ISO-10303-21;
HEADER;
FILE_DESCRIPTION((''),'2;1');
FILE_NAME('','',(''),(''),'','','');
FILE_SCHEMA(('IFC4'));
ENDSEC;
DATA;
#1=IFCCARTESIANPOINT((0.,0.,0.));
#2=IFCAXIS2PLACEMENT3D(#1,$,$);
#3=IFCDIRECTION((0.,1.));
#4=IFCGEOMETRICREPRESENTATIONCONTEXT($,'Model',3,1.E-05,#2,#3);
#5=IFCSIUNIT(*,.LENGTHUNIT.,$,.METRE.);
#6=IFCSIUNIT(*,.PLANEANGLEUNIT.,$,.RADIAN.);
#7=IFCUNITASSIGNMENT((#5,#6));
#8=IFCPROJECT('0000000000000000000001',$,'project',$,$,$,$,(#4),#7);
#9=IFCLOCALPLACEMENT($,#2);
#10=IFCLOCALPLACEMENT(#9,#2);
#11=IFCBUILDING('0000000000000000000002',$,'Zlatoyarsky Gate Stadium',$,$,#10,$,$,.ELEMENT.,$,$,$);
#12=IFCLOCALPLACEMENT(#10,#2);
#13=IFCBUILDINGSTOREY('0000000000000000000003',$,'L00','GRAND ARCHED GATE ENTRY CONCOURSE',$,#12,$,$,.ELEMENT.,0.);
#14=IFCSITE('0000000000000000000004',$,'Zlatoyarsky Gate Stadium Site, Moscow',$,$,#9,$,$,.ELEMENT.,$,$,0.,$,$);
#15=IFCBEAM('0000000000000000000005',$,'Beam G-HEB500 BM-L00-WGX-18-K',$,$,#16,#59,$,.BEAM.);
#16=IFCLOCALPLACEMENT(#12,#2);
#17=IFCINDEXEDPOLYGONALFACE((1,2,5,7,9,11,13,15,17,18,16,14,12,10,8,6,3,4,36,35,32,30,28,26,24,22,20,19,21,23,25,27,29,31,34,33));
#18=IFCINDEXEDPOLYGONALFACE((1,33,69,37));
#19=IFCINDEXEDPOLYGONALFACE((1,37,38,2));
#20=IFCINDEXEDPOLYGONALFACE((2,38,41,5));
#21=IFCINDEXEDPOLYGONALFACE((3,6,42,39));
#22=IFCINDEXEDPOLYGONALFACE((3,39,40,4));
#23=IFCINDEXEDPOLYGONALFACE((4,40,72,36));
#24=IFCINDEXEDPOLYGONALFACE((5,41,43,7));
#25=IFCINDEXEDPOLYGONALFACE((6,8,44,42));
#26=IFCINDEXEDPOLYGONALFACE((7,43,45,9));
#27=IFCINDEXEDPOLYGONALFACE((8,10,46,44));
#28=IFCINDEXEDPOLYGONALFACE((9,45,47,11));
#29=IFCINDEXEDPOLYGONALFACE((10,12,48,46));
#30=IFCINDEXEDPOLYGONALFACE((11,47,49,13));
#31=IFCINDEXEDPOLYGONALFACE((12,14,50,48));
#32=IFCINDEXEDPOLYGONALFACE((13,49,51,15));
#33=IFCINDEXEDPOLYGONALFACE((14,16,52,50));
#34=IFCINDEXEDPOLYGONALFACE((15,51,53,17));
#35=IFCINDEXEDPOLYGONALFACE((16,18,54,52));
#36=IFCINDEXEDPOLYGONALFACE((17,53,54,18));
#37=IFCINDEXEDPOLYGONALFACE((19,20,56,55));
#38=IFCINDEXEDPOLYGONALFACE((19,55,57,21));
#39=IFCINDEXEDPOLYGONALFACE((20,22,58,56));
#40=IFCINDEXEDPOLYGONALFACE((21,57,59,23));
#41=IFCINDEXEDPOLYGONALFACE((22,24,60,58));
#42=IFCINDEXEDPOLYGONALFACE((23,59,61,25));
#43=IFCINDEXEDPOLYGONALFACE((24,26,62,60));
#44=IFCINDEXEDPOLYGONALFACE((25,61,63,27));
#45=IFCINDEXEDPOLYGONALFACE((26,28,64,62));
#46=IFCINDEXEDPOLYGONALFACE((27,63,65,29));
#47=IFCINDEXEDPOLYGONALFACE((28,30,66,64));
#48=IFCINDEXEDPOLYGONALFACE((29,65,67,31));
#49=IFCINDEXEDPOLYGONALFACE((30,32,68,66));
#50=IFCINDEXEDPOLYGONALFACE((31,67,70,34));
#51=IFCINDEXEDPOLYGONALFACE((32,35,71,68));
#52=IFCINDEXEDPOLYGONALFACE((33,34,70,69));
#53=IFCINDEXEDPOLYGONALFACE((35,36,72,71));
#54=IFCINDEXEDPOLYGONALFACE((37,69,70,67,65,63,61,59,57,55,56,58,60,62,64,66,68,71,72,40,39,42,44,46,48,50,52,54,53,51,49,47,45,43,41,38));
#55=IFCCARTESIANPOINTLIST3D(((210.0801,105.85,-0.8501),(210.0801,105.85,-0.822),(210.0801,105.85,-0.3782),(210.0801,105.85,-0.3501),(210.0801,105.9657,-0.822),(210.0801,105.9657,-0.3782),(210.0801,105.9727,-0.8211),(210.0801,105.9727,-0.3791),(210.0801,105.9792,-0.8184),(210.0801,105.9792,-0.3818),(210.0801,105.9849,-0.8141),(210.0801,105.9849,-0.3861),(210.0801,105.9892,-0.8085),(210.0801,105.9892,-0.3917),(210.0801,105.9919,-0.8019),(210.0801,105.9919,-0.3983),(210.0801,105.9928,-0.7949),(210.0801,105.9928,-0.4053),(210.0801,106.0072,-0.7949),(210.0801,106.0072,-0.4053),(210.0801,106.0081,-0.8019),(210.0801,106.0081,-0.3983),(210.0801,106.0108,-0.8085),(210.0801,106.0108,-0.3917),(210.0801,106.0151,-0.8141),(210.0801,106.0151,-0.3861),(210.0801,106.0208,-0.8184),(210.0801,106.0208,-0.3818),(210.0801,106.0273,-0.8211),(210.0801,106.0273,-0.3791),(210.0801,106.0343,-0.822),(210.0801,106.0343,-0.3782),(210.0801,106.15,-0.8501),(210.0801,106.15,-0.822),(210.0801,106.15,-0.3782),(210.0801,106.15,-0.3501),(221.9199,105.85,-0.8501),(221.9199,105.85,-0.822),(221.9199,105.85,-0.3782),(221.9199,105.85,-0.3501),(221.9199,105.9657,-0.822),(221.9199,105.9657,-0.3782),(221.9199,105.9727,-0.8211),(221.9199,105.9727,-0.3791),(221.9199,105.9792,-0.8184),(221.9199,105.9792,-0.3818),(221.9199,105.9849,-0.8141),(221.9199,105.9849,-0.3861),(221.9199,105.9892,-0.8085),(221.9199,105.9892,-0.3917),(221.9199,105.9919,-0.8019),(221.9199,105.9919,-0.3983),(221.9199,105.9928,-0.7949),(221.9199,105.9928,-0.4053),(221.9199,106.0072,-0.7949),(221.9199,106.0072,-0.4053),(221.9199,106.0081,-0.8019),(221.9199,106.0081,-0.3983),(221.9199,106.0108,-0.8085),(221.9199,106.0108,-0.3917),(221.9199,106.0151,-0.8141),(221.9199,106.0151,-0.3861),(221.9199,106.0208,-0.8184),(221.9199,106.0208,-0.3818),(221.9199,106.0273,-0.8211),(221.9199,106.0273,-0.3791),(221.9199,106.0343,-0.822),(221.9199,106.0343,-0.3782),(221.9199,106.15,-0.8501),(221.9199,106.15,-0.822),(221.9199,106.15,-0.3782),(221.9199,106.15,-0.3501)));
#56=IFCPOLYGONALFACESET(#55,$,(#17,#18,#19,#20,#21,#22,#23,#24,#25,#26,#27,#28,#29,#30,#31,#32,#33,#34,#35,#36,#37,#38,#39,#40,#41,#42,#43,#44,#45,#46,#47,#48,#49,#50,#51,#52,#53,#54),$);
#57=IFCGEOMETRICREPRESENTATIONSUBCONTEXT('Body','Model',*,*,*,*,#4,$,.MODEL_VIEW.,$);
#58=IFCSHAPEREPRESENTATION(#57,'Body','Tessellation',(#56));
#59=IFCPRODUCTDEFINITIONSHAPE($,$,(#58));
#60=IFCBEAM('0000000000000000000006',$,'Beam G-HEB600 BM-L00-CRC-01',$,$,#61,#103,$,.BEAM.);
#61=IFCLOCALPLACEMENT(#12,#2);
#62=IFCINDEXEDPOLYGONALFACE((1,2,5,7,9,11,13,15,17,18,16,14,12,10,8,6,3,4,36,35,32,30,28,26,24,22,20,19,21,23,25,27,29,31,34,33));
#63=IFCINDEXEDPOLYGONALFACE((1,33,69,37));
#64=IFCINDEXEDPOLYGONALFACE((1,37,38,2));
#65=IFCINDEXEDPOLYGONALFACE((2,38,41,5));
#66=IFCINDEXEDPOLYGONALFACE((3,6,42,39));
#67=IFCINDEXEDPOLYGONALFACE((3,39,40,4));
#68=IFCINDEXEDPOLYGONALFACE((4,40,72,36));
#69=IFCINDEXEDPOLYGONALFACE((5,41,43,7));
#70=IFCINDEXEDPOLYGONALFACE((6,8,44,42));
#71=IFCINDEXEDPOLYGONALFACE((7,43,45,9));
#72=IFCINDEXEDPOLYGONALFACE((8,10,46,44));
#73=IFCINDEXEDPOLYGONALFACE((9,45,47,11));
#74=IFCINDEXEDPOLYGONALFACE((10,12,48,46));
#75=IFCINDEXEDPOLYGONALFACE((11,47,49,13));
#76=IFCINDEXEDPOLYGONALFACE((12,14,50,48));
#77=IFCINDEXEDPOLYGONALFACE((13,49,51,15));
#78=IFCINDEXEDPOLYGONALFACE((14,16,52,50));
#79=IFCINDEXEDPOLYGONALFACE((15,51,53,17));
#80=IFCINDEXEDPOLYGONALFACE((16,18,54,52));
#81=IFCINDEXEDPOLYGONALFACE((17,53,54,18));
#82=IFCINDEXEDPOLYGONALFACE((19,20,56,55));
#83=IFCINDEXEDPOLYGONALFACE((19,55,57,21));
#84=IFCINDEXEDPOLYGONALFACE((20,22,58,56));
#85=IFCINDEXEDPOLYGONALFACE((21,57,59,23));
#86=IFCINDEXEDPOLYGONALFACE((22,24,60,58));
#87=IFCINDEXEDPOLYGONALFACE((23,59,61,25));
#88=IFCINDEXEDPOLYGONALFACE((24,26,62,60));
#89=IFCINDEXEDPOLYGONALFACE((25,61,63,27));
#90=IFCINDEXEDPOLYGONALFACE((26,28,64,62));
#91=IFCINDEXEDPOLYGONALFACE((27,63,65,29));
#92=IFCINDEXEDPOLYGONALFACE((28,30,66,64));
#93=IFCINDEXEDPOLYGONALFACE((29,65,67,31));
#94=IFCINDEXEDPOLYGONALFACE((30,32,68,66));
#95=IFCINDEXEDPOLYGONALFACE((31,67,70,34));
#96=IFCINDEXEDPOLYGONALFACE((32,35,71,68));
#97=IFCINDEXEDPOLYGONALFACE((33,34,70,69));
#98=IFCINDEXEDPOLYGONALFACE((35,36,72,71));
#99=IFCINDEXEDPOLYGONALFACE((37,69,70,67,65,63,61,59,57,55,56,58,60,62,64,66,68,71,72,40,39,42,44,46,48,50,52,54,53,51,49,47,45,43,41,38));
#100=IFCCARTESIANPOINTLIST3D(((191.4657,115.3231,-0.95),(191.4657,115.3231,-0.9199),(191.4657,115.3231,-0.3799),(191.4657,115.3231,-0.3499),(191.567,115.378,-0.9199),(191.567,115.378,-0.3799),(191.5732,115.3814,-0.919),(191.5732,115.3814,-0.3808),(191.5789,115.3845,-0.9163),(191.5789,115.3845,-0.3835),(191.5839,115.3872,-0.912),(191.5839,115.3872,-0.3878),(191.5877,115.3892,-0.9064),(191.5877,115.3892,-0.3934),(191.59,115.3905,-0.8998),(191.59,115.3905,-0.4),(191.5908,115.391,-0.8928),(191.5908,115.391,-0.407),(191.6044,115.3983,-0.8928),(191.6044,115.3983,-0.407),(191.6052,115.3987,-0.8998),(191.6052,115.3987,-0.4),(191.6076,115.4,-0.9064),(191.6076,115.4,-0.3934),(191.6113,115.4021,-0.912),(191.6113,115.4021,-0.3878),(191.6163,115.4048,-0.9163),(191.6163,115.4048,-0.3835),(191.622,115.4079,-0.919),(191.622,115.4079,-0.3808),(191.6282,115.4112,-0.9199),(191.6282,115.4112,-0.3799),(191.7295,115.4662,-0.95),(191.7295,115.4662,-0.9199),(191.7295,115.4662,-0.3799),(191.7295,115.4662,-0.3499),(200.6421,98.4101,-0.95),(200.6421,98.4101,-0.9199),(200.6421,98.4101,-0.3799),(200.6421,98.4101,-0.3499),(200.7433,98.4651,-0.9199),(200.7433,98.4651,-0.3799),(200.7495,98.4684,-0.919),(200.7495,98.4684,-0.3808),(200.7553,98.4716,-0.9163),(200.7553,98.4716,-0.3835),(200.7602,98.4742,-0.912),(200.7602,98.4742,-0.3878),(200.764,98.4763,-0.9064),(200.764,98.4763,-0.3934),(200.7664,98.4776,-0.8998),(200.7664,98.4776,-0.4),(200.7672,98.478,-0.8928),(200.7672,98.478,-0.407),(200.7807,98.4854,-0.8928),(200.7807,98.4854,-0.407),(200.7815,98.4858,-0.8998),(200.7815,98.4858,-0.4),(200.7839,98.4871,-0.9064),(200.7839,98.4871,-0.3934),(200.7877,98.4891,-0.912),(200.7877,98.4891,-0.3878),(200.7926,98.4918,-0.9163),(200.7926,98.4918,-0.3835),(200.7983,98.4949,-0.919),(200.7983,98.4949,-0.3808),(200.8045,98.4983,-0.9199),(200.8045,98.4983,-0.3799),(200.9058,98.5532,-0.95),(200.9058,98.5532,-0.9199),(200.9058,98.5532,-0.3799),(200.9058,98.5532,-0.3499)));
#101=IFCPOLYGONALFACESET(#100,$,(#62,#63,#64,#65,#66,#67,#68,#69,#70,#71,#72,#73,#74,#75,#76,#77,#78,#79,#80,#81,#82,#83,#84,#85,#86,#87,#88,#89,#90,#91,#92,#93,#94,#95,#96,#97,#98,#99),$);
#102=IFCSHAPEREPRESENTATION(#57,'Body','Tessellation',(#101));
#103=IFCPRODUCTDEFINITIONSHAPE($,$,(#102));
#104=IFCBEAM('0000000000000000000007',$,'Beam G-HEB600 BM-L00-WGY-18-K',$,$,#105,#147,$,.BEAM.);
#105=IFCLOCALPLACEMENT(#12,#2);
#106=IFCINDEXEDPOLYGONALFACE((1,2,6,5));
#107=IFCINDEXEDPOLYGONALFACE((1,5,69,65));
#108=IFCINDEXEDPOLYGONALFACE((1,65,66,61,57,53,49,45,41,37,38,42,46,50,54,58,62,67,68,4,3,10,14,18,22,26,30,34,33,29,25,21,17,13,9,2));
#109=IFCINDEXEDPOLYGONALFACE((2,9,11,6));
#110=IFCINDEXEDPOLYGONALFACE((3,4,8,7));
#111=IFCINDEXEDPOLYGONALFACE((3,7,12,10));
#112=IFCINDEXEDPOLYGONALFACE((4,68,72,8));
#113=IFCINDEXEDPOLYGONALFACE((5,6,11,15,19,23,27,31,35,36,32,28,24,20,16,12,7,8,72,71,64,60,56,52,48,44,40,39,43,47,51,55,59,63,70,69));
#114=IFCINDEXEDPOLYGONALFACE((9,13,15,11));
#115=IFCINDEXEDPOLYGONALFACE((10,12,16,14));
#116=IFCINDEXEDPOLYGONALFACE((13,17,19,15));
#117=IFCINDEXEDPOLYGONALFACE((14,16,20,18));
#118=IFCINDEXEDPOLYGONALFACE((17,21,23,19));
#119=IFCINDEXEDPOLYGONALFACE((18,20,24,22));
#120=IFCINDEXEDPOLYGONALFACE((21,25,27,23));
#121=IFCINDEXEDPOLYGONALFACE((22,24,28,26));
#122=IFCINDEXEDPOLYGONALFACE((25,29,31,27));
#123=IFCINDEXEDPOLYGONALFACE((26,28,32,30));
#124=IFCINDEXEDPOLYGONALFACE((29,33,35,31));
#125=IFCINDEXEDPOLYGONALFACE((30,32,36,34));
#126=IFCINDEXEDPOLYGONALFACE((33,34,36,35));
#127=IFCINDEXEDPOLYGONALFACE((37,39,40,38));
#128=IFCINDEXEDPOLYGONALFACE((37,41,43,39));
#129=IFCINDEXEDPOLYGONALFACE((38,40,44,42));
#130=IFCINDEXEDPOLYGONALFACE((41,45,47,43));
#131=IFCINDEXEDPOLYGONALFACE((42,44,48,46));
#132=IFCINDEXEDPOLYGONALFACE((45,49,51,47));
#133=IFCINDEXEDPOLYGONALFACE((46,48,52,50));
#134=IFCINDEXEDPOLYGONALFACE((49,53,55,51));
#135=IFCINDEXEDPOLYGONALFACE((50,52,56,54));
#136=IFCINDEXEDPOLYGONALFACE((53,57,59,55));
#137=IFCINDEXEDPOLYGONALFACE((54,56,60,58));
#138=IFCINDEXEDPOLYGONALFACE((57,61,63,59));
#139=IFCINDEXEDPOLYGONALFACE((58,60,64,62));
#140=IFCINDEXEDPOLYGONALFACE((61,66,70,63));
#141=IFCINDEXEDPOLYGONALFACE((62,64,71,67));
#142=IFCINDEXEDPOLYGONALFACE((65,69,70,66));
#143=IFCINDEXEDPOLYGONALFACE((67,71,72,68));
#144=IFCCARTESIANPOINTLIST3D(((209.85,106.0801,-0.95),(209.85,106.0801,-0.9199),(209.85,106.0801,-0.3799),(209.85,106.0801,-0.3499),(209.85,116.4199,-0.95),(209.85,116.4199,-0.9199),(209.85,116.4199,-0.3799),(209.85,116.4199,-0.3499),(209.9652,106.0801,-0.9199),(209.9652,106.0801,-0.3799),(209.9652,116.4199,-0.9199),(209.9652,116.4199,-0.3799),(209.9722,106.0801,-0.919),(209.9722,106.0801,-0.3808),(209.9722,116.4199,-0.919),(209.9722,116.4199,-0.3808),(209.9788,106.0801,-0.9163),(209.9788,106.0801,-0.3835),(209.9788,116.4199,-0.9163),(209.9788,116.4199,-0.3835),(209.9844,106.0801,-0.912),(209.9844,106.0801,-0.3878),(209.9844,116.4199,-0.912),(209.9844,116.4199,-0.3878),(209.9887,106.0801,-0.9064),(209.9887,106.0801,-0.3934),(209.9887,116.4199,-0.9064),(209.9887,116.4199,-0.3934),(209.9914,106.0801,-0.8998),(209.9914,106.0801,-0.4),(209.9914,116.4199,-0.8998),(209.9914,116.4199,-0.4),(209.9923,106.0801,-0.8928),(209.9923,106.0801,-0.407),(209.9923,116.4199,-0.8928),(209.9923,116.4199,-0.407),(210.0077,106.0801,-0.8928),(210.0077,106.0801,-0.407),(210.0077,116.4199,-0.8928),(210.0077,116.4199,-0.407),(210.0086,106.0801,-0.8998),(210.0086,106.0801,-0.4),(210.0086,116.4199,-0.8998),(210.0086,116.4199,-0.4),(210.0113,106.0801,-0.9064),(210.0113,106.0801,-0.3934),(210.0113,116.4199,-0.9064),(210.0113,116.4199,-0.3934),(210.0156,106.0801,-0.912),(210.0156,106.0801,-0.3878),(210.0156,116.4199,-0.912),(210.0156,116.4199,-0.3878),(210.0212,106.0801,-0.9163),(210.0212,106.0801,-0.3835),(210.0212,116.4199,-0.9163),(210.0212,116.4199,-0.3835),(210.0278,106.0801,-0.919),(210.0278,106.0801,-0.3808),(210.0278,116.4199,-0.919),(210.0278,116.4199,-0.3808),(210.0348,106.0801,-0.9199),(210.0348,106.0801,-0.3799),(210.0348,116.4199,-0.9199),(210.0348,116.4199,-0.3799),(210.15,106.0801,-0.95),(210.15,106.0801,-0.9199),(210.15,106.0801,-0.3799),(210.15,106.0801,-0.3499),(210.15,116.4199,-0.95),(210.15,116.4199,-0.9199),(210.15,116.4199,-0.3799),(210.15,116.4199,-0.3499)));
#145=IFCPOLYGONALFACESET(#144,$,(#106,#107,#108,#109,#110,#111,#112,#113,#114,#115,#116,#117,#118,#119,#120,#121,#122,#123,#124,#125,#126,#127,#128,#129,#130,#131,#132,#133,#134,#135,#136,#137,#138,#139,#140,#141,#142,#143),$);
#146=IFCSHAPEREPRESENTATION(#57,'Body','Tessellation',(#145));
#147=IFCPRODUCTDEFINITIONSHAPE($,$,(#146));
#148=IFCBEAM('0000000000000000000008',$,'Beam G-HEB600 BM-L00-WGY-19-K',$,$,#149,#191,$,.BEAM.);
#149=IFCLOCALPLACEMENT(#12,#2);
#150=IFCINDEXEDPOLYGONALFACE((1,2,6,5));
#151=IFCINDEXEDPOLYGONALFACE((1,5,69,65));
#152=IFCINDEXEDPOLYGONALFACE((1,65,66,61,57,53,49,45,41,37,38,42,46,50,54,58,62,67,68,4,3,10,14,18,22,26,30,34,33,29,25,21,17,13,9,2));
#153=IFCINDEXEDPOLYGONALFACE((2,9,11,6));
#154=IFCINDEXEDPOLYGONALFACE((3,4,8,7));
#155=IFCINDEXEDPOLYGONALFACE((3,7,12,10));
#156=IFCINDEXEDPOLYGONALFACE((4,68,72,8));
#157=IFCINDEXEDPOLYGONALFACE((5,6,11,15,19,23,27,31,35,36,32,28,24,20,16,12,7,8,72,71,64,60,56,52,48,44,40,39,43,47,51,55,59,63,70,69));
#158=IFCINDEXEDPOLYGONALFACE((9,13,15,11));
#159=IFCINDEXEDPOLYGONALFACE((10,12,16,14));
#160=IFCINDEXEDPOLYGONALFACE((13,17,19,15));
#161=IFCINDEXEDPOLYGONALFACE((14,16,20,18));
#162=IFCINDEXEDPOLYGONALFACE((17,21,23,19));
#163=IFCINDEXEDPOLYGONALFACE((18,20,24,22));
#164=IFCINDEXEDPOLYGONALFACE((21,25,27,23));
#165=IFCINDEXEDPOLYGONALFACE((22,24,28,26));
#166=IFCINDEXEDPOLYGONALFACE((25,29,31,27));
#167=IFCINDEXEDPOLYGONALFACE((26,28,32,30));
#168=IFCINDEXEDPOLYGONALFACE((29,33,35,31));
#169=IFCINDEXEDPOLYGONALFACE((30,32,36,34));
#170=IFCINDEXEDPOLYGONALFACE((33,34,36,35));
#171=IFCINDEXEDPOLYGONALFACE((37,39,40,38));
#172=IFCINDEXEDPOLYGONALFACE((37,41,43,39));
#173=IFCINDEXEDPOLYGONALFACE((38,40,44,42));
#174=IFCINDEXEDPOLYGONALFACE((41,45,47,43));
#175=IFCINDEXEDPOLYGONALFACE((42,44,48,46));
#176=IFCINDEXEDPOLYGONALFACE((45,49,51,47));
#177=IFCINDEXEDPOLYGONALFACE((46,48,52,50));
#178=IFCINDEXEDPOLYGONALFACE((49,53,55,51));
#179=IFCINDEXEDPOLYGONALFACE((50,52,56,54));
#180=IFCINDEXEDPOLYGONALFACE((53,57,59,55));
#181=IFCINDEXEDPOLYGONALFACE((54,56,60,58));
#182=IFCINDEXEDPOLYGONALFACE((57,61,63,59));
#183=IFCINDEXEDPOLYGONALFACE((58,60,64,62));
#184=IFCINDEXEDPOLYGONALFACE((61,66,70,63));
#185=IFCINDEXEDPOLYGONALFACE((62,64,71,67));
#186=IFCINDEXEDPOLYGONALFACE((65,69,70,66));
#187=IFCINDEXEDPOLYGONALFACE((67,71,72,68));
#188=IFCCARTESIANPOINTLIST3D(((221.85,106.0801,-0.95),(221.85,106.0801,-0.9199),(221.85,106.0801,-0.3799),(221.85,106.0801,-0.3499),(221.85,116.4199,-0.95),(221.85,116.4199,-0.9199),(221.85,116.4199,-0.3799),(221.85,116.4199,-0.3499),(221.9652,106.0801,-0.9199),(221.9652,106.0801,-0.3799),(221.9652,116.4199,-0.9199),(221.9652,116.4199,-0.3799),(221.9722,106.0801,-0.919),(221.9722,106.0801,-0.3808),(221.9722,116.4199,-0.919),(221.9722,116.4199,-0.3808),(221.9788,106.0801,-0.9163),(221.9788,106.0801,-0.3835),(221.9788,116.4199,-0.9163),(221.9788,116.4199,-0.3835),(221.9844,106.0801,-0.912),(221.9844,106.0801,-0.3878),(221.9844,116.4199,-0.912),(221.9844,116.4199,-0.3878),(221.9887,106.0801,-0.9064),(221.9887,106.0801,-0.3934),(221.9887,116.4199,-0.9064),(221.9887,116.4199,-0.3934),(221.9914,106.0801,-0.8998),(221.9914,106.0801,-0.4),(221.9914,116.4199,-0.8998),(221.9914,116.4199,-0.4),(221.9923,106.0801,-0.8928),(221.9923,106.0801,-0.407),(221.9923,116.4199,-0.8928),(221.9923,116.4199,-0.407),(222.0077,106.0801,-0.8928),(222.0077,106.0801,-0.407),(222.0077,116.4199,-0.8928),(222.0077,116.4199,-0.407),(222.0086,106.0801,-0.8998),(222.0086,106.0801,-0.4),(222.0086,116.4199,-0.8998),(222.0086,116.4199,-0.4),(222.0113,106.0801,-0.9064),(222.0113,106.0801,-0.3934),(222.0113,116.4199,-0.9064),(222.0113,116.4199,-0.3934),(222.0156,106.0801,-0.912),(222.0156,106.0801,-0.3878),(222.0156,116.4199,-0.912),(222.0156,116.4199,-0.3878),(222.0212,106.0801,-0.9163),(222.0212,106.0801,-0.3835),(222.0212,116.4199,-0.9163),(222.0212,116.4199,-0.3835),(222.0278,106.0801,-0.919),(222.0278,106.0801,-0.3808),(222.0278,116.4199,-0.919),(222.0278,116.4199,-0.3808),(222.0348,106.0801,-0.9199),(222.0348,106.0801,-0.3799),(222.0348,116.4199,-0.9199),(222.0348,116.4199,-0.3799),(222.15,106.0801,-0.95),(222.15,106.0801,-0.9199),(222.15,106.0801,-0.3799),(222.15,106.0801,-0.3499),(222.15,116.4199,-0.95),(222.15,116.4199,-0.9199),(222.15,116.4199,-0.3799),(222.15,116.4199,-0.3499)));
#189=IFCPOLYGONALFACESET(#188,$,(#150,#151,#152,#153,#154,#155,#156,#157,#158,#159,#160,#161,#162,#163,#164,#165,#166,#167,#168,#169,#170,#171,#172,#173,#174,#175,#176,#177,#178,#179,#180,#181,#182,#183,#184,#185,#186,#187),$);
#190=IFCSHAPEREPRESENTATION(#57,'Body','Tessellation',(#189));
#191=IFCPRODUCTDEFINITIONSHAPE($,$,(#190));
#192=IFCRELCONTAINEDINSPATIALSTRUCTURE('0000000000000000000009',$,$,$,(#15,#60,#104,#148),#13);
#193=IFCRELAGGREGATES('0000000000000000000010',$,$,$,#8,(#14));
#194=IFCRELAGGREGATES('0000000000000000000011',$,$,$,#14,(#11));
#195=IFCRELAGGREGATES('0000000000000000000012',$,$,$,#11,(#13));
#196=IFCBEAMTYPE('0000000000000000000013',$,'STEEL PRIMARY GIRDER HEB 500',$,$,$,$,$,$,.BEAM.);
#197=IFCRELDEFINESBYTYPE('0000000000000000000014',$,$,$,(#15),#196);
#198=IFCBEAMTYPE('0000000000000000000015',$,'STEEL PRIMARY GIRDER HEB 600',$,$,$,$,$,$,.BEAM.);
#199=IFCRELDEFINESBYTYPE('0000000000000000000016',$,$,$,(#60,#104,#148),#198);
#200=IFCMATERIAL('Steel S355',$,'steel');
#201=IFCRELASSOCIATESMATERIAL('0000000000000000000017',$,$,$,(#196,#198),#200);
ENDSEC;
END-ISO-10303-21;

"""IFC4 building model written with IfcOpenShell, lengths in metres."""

from ifc_helpers import new_model, si_unit, direction, frame, origin, origin_2d, place, context, subcontext, project, spatial, i_section, extrude, material, material_profile, profile_set, type_object, element, save


model = new_model("IFC4")

# Units and contexts
model_context = context("Model", 3, precision=1e-05, world=origin(), true_north=direction((0.0, 1.0)))
body_context = subcontext(model_context, "Body", "Model", "MODEL_VIEW")
ifc_project = project(units=[si_unit("LENGTHUNIT", "METRE"), si_unit("PLANEANGLEUNIT", "RADIAN")], contexts=[model_context])

# Site, building, storey
site_placement = place(None, origin())
site = spatial("IfcSite", under=ifc_project, at=site_placement, Name="Zlatoyarsky Gate Stadium Site, Moscow", CompositionType="ELEMENT", RefElevation=0.0)
building_placement = place(site_placement, origin())
building = spatial("IfcBuilding", under=site, at=building_placement, Name="Zlatoyarsky Gate Stadium", CompositionType="ELEMENT")
storey_placement = place(building_placement, origin())
storey = spatial("IfcBuildingStorey", under=building, at=storey_placement, Name="L00", Description="GRAND ARCHED GATE ENTRY CONCOURSE", CompositionType="ELEMENT", Elevation=0.0)

# Shared definitions
ifc_material_1 = material(Name="Steel S355", Category="steel")

# Beams
ifc_material_profile_1 = material_profile(ifc_material_1, i_section(OverallWidth=0.3, OverallDepth=0.5, WebThickness=0.0144, FlangeThickness=0.0281, FilletRadius=0.0271, at=origin_2d()), Name="HEB 500")
ifc_profile_set_1 = profile_set([ifc_material_profile_1], Name="Steel S355")
beam_type_1 = type_object("IfcBeamType", Name="STEEL PRIMARY GIRDER HEB 500", PredefinedType="BEAM", material=ifc_profile_set_1)
beam_1_placement = place(storey_placement, frame((210.0801, 106.0, -0.6001), z_axis=(1.0, 0.0, 0.0), x_axis=(0.0, 1.0, 0.0)))
element("IfcBeam", 1, at=beam_1_placement, inside=storey, type_object=beam_type_1, Name="Beam G-HEB500 BM-L00-WGX-18-K", PredefinedType="BEAM", context=body_context, shape_type="SweptSolid", body=[
    extrude(i_section(OverallWidth=0.3, OverallDepth=0.5, WebThickness=0.0144, FlangeThickness=0.0281, FilletRadius=0.0271, at=origin_2d()), origin(), (0.0, 0.0, 1.0), 11.8398),
])
ifc_material_profile_2 = material_profile(ifc_material_1, i_section(OverallWidth=0.3, OverallDepth=0.6001, WebThickness=0.0154, FlangeThickness=0.03, FilletRadius=0.0271, at=origin_2d()), Name="HEB 600")
ifc_profile_set_2 = profile_set([ifc_material_profile_2], Name="Steel S355")
beam_type_2 = type_object("IfcBeamType", Name="STEEL PRIMARY GIRDER HEB 600", PredefinedType="BEAM", material=ifc_profile_set_2)
beam_2_placement = place(storey_placement, frame((200.7739, 98.4817, -0.6499), z_axis=(-0.476892, 0.878962, 0.0), x_axis=(-0.878962, -0.476892, 0.0)))
element("IfcBeam", 2, at=beam_2_placement, inside=storey, type_object=beam_type_2, Name="Beam G-HEB600 BM-L00-CRC-01", PredefinedType="BEAM", context=body_context, shape_type="SweptSolid", body=[
    extrude(i_section(OverallWidth=0.3, OverallDepth=0.6001, WebThickness=0.0154, FlangeThickness=0.03, FilletRadius=0.0271, at=origin_2d()), origin(), (0.0, 0.0, 1.0), 19.2419),
])
for number, where, z_axis, x_axis, name in (
    (3, (210.0, 106.0801, -0.6499), (0.0, 1.0, 0.0), (-1.0, 0.0, 0.0), "Beam G-HEB600 BM-L00-WGY-18-K"),
    (4, (222.0, 106.0801, -0.6499), (0.0, 1.0, 0.0), (-1.0, 0.0, 0.0), "Beam G-HEB600 BM-L00-WGY-19-K"),
):
    element("IfcBeam", number, at=place(storey_placement, frame(where, z_axis=z_axis, x_axis=x_axis)), inside=storey, type_object=beam_type_2, Name=name, PredefinedType="BEAM", context=body_context, shape_type="SweptSolid", body=[
        extrude(i_section(OverallWidth=0.3, OverallDepth=0.6001, WebThickness=0.0154, FlangeThickness=0.03, FilletRadius=0.0271, at=origin_2d()), origin(), (0.0, 0.0, 1.0), 10.3398),
    ])

save(model, "model.ifc")
